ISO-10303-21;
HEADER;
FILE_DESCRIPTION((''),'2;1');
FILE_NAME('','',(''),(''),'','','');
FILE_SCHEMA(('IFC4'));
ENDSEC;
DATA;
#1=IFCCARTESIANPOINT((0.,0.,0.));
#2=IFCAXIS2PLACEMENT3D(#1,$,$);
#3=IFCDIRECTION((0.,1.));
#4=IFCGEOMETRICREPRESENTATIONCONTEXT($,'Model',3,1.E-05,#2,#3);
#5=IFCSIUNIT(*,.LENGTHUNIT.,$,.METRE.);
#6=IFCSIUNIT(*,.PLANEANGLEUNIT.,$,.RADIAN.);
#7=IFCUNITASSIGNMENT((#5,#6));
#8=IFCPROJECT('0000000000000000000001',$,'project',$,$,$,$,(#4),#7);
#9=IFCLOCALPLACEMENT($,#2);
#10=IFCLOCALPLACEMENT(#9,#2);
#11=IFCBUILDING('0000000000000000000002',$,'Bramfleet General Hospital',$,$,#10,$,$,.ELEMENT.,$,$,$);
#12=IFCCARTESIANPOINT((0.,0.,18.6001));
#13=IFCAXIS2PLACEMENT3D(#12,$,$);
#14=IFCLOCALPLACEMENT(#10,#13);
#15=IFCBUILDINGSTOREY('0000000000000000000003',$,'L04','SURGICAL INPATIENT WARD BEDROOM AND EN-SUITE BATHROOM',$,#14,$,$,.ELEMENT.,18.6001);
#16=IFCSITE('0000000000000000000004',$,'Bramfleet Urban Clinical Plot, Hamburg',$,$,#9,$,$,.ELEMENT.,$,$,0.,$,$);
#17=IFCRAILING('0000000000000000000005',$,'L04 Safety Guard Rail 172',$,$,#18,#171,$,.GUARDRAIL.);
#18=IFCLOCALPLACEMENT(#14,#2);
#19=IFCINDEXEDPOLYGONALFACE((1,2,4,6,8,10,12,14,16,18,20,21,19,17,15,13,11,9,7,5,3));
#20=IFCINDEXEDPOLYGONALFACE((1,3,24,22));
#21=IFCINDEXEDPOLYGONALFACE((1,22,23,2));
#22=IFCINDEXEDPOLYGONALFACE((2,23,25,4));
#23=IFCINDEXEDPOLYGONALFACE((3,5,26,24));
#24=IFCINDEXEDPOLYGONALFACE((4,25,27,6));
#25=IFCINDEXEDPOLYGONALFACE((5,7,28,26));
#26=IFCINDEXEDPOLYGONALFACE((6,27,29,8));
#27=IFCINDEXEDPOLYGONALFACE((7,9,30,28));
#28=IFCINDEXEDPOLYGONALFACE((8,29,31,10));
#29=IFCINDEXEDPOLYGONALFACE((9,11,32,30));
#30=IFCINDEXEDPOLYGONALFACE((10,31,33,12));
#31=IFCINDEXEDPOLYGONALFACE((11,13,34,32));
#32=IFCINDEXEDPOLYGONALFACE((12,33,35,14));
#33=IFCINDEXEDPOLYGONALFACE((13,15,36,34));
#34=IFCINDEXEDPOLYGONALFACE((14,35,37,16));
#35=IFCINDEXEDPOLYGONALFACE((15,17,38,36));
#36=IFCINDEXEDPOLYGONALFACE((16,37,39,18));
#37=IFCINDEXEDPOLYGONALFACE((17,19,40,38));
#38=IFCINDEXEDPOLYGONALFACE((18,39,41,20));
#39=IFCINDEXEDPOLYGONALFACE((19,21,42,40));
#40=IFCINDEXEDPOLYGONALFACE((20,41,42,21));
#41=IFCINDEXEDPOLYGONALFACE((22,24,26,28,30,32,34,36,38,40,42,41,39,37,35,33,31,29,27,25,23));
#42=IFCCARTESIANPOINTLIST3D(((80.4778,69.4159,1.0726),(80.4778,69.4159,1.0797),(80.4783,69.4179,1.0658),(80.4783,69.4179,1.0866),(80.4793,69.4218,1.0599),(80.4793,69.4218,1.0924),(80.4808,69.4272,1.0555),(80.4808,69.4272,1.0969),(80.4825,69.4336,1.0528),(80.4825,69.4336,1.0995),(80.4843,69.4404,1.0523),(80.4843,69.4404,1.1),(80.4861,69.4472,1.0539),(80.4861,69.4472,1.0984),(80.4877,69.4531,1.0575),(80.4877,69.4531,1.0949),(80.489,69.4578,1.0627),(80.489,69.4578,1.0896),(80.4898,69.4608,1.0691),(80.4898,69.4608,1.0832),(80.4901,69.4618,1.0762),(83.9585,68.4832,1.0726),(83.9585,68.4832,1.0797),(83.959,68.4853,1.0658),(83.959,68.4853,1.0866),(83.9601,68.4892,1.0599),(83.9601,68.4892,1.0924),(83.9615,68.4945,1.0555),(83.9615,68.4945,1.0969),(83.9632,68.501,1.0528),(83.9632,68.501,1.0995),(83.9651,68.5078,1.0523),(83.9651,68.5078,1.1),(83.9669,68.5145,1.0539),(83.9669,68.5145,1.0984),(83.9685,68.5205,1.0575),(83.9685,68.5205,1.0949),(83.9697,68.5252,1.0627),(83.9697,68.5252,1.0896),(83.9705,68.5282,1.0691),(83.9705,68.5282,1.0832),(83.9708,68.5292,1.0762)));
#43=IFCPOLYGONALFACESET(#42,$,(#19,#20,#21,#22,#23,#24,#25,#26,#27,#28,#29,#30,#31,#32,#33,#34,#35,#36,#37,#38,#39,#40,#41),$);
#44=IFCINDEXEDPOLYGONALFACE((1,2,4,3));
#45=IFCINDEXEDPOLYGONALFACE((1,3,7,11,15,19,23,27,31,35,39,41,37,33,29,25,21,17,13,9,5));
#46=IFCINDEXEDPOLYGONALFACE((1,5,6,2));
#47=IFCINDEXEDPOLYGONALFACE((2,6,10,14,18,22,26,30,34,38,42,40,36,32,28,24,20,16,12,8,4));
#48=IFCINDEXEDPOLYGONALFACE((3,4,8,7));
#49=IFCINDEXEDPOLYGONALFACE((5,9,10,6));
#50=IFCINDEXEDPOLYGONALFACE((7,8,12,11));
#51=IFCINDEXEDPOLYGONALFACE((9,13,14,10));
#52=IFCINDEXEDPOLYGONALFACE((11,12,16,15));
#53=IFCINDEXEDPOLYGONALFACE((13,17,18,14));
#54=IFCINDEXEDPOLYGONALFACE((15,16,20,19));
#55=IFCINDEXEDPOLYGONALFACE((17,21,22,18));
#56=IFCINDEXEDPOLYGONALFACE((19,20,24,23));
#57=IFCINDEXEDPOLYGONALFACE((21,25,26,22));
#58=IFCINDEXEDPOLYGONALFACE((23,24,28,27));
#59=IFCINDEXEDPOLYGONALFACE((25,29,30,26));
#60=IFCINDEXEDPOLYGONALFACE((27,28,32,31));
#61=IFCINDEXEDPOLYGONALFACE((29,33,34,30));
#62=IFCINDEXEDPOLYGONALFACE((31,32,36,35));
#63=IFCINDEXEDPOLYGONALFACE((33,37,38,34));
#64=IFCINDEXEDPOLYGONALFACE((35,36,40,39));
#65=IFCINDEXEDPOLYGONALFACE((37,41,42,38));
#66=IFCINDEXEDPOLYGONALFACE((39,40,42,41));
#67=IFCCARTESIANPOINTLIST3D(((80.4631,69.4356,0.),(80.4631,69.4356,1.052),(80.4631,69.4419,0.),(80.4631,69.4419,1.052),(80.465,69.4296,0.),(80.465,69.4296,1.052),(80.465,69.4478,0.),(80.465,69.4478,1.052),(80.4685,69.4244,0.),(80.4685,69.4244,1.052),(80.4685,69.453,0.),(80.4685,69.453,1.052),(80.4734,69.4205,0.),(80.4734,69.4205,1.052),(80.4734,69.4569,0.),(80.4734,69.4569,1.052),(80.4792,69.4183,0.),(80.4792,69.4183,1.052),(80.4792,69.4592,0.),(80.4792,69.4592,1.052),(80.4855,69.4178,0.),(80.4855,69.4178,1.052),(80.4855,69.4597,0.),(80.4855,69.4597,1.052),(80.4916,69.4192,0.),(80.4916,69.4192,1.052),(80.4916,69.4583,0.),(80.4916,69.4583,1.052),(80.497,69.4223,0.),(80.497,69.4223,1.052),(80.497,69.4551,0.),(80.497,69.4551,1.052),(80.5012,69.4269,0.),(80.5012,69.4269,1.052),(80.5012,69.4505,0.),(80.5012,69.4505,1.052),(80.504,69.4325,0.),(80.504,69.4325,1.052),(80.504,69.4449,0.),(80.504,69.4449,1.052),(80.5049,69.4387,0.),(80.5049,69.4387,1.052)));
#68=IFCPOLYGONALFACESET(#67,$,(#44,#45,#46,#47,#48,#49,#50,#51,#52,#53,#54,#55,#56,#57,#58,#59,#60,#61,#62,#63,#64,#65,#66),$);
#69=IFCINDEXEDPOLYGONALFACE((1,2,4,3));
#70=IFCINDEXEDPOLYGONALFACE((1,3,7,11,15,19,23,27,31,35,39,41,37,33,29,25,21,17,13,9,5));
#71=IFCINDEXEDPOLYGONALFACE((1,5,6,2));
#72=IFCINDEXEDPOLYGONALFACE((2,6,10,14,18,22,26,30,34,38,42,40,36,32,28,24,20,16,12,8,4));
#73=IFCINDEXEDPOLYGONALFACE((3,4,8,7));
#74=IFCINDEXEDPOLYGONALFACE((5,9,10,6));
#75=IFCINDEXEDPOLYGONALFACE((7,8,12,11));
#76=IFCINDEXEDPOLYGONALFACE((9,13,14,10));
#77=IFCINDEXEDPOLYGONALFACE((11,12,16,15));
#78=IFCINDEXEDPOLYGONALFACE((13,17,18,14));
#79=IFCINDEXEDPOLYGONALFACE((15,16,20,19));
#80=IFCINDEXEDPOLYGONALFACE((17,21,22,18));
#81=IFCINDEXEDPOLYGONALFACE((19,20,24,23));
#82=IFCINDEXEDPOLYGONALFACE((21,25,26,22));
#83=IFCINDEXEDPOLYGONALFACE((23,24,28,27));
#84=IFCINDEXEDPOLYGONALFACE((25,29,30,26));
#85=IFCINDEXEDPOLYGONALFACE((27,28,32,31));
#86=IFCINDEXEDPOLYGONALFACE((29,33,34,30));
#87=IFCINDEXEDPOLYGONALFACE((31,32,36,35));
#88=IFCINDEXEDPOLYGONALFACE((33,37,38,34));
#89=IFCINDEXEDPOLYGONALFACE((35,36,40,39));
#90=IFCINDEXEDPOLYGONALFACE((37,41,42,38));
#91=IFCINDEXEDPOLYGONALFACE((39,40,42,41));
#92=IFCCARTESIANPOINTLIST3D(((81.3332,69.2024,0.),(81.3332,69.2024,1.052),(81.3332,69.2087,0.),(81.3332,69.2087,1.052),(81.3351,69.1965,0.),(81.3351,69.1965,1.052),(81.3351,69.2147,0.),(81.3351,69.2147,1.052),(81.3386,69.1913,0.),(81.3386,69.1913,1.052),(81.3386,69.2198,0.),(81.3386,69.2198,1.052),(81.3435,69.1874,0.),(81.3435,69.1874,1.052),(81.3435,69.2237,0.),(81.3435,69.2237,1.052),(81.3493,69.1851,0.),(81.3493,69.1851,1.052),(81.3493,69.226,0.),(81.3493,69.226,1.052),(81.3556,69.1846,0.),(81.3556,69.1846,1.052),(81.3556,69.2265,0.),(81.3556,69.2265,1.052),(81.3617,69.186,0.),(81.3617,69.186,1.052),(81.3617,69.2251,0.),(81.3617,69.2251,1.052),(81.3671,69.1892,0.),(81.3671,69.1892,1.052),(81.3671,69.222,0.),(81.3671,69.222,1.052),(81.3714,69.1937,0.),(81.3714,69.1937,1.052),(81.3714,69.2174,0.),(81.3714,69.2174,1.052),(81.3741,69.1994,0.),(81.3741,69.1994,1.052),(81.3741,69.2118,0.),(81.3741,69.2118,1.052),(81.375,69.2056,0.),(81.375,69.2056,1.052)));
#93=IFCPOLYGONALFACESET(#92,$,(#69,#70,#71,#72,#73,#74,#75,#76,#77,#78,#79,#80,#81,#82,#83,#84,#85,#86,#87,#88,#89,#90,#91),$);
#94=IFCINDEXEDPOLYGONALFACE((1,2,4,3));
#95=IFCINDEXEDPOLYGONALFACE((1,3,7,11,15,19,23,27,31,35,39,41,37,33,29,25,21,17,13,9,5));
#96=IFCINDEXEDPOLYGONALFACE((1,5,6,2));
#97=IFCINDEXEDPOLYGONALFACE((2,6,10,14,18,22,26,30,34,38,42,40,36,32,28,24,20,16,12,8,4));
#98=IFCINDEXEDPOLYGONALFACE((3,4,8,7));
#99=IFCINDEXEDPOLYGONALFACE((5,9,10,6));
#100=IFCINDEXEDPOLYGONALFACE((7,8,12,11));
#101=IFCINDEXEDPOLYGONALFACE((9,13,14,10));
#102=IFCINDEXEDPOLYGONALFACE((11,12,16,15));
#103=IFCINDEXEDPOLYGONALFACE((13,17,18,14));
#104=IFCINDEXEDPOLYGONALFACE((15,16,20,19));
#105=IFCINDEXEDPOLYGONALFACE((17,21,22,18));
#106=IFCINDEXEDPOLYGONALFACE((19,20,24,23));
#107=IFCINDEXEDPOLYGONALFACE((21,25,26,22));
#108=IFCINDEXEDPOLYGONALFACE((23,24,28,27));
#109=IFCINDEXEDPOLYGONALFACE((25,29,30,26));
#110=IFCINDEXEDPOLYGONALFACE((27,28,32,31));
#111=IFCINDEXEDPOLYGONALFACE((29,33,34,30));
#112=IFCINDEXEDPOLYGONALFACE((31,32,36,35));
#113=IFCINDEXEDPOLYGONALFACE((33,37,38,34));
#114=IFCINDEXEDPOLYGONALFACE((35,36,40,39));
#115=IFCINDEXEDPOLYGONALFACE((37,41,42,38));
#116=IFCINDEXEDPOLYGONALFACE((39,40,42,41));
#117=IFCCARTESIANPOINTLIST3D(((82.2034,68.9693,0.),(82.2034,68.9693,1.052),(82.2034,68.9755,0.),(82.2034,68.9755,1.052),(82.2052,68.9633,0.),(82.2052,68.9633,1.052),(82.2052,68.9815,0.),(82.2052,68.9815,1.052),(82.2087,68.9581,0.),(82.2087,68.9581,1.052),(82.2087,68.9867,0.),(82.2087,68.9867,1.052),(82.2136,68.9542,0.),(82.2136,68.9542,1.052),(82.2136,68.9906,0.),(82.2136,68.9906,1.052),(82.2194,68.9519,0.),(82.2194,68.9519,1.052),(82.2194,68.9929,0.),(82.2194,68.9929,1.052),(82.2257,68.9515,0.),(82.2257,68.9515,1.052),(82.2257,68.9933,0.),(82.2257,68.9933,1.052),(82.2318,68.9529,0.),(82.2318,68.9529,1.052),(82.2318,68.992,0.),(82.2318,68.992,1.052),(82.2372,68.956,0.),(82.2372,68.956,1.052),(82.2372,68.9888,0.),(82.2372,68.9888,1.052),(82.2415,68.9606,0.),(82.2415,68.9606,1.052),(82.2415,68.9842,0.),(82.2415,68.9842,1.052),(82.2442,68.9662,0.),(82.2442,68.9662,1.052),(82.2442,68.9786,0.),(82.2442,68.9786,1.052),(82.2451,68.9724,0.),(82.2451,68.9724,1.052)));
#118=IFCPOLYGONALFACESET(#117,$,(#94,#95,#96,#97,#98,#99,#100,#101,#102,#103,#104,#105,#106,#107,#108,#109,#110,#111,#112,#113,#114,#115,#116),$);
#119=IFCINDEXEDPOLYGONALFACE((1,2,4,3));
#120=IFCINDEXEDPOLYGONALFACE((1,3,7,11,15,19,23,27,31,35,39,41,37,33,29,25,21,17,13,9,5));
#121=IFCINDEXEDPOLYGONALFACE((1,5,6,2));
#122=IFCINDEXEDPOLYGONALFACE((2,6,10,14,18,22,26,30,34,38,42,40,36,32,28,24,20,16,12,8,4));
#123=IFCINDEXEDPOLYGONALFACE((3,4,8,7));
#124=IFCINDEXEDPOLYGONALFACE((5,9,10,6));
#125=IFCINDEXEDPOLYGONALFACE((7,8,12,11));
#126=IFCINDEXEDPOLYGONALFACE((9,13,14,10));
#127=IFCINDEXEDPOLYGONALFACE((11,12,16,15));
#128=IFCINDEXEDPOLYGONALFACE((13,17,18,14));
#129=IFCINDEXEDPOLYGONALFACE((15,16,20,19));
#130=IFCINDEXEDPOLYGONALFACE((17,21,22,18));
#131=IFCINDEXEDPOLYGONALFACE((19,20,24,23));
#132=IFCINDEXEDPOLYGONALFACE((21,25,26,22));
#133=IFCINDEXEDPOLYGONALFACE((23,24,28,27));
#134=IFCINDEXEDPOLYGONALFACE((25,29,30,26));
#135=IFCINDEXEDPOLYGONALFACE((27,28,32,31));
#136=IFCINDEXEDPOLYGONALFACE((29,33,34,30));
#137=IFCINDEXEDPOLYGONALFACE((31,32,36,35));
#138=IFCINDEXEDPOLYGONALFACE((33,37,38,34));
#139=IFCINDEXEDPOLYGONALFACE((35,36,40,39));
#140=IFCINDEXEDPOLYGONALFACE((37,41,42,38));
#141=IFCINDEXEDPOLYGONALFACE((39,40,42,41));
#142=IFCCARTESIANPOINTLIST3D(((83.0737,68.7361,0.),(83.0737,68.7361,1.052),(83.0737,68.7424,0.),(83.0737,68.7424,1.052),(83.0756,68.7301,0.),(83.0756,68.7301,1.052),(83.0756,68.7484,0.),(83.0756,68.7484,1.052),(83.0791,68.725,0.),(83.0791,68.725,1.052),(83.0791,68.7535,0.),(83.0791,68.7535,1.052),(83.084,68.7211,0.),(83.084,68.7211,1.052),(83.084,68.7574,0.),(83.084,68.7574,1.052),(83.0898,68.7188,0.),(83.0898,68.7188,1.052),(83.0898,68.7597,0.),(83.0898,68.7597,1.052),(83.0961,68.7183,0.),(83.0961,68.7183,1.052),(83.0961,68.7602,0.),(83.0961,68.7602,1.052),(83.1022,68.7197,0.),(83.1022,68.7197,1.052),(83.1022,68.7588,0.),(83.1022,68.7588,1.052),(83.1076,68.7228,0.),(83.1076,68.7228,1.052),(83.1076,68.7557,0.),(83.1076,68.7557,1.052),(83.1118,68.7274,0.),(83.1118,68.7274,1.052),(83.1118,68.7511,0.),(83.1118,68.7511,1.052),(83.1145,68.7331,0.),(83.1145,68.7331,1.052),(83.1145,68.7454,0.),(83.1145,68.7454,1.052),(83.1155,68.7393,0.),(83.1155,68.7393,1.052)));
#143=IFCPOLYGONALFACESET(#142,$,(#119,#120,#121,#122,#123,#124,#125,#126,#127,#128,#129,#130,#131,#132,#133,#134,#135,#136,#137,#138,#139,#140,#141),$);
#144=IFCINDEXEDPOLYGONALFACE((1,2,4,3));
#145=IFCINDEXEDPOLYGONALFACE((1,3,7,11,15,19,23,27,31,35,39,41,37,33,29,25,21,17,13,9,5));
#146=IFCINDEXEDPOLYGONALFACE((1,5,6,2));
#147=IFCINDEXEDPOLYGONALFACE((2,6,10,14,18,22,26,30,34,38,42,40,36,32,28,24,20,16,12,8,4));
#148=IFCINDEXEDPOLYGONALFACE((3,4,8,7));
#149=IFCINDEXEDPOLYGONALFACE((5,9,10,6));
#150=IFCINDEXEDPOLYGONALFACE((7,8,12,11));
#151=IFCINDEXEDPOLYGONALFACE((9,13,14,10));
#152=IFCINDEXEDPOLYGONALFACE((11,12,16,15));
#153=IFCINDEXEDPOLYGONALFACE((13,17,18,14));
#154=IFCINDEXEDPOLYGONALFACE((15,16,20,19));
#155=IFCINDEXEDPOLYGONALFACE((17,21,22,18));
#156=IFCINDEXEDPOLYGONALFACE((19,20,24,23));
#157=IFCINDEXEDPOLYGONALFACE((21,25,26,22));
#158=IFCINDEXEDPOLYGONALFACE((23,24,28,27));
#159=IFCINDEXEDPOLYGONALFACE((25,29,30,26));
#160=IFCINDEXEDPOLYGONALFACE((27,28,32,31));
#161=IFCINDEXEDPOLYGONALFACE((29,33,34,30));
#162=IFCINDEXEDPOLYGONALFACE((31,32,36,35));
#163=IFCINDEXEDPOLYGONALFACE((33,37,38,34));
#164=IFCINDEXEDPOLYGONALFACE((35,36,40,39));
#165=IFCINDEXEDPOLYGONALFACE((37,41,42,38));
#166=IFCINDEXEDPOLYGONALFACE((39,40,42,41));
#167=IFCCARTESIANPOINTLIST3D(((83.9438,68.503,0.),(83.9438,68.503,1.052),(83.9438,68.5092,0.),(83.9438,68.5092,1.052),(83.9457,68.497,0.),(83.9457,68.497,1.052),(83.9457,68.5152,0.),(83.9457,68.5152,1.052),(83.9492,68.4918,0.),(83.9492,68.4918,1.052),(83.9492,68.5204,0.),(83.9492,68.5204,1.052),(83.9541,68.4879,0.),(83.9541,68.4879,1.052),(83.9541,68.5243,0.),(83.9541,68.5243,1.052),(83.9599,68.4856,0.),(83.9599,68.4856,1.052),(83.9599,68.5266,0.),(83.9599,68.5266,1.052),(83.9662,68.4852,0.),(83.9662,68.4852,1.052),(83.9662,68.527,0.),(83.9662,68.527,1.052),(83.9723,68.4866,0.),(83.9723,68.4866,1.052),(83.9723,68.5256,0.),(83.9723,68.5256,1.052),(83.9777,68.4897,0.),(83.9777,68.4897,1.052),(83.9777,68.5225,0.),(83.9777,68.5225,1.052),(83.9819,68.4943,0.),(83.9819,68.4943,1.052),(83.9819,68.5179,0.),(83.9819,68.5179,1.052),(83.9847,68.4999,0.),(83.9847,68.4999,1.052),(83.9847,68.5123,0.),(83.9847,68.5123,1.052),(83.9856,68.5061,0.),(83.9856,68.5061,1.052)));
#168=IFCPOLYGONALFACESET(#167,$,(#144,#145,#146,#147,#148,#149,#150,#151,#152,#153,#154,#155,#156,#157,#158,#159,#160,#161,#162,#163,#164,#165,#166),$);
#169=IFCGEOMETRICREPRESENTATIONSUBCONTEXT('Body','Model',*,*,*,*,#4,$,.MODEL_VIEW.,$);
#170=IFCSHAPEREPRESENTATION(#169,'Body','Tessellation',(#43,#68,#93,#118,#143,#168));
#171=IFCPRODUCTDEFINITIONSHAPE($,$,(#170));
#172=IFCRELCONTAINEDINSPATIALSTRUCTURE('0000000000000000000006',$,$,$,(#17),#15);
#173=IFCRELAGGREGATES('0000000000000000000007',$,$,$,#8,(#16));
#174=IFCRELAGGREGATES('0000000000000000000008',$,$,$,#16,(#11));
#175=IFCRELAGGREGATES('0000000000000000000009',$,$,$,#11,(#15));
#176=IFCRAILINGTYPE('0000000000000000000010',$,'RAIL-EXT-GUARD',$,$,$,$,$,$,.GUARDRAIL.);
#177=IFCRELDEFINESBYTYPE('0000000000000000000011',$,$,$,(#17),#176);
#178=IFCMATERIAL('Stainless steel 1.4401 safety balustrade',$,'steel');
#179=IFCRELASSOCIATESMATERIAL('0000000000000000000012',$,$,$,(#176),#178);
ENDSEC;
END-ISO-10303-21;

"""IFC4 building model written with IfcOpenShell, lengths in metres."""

from ifc_helpers import new_model, si_unit, direction, frame, origin, origin_2d, place, context, subcontext, project, spatial, circle, extrude, material, type_object, element, save


model = new_model("IFC4")

# Units and contexts
model_context = context("Model", 3, precision=1e-05, world=origin(), true_north=direction((0.0, 1.0)))
body_context = subcontext(model_context, "Body", "Model", "MODEL_VIEW")
ifc_project = project(units=[si_unit("LENGTHUNIT", "METRE"), si_unit("PLANEANGLEUNIT", "RADIAN")], contexts=[model_context])

# Site, building, storey
site_placement = place(None, origin())
site = spatial("IfcSite", under=ifc_project, at=site_placement, Name="Bramfleet Urban Clinical Plot, Hamburg", CompositionType="ELEMENT", RefElevation=0.0)
building_placement = place(site_placement, origin())
building = spatial("IfcBuilding", under=site, at=building_placement, Name="Bramfleet General Hospital", CompositionType="ELEMENT")
storey_placement = place(building_placement, frame((0.0, 0.0, 18.6001)))
storey = spatial("IfcBuildingStorey", under=building, at=storey_placement, Name="L04", Description="SURGICAL INPATIENT WARD BEDROOM AND EN-SUITE BATHROOM", CompositionType="ELEMENT", Elevation=18.6001)

# Railing
ifc_material_1 = material(Name="Stainless steel 1.4401 safety balustrade", Category="steel")
railing_type = type_object("IfcRailingType", Name="RAIL-EXT-GUARD", PredefinedType="GUARDRAIL", material=ifc_material_1)
railing_1_placement = place(storey_placement, frame((80.4839, 69.4387, 0.0)))
element("IfcRailing", 1, at=railing_1_placement, inside=storey, type_object=railing_type, Name="L04 Safety Guard Rail 172", PredefinedType="GUARDRAIL", context=body_context, shape_type="SweptSolid", body=[
    extrude(circle(Radius=0.0239, at=origin_2d()), frame((0.0, 0.0, 1.0762), z_axis=(0.965928, -0.258809, 0.0), x_axis=(0.258809, 0.965928, 0.0)), (0.0, 0.0, 1.0), 3.6035),
    extrude(circle(Radius=0.021, at=origin_2d()), origin(), (0.0, 0.0, 1.0), 1.052),
    extrude(circle(Radius=0.021, at=origin_2d()), frame((0.8701, -0.2332, 0.0)), (0.0, 0.0, 1.0), 1.052),
    extrude(circle(Radius=0.021, at=origin_2d()), frame((1.7402, -0.4663, 0.0)), (0.0, 0.0, 1.0), 1.052),
    extrude(circle(Radius=0.021, at=origin_2d()), frame((2.6106, -0.6995, 0.0)), (0.0, 0.0, 1.0), 1.052),
    extrude(circle(Radius=0.021, at=origin_2d()), frame((3.4807, -0.9326, 0.0)), (0.0, 0.0, 1.0), 1.052),
])

save(model, "model.ifc")
